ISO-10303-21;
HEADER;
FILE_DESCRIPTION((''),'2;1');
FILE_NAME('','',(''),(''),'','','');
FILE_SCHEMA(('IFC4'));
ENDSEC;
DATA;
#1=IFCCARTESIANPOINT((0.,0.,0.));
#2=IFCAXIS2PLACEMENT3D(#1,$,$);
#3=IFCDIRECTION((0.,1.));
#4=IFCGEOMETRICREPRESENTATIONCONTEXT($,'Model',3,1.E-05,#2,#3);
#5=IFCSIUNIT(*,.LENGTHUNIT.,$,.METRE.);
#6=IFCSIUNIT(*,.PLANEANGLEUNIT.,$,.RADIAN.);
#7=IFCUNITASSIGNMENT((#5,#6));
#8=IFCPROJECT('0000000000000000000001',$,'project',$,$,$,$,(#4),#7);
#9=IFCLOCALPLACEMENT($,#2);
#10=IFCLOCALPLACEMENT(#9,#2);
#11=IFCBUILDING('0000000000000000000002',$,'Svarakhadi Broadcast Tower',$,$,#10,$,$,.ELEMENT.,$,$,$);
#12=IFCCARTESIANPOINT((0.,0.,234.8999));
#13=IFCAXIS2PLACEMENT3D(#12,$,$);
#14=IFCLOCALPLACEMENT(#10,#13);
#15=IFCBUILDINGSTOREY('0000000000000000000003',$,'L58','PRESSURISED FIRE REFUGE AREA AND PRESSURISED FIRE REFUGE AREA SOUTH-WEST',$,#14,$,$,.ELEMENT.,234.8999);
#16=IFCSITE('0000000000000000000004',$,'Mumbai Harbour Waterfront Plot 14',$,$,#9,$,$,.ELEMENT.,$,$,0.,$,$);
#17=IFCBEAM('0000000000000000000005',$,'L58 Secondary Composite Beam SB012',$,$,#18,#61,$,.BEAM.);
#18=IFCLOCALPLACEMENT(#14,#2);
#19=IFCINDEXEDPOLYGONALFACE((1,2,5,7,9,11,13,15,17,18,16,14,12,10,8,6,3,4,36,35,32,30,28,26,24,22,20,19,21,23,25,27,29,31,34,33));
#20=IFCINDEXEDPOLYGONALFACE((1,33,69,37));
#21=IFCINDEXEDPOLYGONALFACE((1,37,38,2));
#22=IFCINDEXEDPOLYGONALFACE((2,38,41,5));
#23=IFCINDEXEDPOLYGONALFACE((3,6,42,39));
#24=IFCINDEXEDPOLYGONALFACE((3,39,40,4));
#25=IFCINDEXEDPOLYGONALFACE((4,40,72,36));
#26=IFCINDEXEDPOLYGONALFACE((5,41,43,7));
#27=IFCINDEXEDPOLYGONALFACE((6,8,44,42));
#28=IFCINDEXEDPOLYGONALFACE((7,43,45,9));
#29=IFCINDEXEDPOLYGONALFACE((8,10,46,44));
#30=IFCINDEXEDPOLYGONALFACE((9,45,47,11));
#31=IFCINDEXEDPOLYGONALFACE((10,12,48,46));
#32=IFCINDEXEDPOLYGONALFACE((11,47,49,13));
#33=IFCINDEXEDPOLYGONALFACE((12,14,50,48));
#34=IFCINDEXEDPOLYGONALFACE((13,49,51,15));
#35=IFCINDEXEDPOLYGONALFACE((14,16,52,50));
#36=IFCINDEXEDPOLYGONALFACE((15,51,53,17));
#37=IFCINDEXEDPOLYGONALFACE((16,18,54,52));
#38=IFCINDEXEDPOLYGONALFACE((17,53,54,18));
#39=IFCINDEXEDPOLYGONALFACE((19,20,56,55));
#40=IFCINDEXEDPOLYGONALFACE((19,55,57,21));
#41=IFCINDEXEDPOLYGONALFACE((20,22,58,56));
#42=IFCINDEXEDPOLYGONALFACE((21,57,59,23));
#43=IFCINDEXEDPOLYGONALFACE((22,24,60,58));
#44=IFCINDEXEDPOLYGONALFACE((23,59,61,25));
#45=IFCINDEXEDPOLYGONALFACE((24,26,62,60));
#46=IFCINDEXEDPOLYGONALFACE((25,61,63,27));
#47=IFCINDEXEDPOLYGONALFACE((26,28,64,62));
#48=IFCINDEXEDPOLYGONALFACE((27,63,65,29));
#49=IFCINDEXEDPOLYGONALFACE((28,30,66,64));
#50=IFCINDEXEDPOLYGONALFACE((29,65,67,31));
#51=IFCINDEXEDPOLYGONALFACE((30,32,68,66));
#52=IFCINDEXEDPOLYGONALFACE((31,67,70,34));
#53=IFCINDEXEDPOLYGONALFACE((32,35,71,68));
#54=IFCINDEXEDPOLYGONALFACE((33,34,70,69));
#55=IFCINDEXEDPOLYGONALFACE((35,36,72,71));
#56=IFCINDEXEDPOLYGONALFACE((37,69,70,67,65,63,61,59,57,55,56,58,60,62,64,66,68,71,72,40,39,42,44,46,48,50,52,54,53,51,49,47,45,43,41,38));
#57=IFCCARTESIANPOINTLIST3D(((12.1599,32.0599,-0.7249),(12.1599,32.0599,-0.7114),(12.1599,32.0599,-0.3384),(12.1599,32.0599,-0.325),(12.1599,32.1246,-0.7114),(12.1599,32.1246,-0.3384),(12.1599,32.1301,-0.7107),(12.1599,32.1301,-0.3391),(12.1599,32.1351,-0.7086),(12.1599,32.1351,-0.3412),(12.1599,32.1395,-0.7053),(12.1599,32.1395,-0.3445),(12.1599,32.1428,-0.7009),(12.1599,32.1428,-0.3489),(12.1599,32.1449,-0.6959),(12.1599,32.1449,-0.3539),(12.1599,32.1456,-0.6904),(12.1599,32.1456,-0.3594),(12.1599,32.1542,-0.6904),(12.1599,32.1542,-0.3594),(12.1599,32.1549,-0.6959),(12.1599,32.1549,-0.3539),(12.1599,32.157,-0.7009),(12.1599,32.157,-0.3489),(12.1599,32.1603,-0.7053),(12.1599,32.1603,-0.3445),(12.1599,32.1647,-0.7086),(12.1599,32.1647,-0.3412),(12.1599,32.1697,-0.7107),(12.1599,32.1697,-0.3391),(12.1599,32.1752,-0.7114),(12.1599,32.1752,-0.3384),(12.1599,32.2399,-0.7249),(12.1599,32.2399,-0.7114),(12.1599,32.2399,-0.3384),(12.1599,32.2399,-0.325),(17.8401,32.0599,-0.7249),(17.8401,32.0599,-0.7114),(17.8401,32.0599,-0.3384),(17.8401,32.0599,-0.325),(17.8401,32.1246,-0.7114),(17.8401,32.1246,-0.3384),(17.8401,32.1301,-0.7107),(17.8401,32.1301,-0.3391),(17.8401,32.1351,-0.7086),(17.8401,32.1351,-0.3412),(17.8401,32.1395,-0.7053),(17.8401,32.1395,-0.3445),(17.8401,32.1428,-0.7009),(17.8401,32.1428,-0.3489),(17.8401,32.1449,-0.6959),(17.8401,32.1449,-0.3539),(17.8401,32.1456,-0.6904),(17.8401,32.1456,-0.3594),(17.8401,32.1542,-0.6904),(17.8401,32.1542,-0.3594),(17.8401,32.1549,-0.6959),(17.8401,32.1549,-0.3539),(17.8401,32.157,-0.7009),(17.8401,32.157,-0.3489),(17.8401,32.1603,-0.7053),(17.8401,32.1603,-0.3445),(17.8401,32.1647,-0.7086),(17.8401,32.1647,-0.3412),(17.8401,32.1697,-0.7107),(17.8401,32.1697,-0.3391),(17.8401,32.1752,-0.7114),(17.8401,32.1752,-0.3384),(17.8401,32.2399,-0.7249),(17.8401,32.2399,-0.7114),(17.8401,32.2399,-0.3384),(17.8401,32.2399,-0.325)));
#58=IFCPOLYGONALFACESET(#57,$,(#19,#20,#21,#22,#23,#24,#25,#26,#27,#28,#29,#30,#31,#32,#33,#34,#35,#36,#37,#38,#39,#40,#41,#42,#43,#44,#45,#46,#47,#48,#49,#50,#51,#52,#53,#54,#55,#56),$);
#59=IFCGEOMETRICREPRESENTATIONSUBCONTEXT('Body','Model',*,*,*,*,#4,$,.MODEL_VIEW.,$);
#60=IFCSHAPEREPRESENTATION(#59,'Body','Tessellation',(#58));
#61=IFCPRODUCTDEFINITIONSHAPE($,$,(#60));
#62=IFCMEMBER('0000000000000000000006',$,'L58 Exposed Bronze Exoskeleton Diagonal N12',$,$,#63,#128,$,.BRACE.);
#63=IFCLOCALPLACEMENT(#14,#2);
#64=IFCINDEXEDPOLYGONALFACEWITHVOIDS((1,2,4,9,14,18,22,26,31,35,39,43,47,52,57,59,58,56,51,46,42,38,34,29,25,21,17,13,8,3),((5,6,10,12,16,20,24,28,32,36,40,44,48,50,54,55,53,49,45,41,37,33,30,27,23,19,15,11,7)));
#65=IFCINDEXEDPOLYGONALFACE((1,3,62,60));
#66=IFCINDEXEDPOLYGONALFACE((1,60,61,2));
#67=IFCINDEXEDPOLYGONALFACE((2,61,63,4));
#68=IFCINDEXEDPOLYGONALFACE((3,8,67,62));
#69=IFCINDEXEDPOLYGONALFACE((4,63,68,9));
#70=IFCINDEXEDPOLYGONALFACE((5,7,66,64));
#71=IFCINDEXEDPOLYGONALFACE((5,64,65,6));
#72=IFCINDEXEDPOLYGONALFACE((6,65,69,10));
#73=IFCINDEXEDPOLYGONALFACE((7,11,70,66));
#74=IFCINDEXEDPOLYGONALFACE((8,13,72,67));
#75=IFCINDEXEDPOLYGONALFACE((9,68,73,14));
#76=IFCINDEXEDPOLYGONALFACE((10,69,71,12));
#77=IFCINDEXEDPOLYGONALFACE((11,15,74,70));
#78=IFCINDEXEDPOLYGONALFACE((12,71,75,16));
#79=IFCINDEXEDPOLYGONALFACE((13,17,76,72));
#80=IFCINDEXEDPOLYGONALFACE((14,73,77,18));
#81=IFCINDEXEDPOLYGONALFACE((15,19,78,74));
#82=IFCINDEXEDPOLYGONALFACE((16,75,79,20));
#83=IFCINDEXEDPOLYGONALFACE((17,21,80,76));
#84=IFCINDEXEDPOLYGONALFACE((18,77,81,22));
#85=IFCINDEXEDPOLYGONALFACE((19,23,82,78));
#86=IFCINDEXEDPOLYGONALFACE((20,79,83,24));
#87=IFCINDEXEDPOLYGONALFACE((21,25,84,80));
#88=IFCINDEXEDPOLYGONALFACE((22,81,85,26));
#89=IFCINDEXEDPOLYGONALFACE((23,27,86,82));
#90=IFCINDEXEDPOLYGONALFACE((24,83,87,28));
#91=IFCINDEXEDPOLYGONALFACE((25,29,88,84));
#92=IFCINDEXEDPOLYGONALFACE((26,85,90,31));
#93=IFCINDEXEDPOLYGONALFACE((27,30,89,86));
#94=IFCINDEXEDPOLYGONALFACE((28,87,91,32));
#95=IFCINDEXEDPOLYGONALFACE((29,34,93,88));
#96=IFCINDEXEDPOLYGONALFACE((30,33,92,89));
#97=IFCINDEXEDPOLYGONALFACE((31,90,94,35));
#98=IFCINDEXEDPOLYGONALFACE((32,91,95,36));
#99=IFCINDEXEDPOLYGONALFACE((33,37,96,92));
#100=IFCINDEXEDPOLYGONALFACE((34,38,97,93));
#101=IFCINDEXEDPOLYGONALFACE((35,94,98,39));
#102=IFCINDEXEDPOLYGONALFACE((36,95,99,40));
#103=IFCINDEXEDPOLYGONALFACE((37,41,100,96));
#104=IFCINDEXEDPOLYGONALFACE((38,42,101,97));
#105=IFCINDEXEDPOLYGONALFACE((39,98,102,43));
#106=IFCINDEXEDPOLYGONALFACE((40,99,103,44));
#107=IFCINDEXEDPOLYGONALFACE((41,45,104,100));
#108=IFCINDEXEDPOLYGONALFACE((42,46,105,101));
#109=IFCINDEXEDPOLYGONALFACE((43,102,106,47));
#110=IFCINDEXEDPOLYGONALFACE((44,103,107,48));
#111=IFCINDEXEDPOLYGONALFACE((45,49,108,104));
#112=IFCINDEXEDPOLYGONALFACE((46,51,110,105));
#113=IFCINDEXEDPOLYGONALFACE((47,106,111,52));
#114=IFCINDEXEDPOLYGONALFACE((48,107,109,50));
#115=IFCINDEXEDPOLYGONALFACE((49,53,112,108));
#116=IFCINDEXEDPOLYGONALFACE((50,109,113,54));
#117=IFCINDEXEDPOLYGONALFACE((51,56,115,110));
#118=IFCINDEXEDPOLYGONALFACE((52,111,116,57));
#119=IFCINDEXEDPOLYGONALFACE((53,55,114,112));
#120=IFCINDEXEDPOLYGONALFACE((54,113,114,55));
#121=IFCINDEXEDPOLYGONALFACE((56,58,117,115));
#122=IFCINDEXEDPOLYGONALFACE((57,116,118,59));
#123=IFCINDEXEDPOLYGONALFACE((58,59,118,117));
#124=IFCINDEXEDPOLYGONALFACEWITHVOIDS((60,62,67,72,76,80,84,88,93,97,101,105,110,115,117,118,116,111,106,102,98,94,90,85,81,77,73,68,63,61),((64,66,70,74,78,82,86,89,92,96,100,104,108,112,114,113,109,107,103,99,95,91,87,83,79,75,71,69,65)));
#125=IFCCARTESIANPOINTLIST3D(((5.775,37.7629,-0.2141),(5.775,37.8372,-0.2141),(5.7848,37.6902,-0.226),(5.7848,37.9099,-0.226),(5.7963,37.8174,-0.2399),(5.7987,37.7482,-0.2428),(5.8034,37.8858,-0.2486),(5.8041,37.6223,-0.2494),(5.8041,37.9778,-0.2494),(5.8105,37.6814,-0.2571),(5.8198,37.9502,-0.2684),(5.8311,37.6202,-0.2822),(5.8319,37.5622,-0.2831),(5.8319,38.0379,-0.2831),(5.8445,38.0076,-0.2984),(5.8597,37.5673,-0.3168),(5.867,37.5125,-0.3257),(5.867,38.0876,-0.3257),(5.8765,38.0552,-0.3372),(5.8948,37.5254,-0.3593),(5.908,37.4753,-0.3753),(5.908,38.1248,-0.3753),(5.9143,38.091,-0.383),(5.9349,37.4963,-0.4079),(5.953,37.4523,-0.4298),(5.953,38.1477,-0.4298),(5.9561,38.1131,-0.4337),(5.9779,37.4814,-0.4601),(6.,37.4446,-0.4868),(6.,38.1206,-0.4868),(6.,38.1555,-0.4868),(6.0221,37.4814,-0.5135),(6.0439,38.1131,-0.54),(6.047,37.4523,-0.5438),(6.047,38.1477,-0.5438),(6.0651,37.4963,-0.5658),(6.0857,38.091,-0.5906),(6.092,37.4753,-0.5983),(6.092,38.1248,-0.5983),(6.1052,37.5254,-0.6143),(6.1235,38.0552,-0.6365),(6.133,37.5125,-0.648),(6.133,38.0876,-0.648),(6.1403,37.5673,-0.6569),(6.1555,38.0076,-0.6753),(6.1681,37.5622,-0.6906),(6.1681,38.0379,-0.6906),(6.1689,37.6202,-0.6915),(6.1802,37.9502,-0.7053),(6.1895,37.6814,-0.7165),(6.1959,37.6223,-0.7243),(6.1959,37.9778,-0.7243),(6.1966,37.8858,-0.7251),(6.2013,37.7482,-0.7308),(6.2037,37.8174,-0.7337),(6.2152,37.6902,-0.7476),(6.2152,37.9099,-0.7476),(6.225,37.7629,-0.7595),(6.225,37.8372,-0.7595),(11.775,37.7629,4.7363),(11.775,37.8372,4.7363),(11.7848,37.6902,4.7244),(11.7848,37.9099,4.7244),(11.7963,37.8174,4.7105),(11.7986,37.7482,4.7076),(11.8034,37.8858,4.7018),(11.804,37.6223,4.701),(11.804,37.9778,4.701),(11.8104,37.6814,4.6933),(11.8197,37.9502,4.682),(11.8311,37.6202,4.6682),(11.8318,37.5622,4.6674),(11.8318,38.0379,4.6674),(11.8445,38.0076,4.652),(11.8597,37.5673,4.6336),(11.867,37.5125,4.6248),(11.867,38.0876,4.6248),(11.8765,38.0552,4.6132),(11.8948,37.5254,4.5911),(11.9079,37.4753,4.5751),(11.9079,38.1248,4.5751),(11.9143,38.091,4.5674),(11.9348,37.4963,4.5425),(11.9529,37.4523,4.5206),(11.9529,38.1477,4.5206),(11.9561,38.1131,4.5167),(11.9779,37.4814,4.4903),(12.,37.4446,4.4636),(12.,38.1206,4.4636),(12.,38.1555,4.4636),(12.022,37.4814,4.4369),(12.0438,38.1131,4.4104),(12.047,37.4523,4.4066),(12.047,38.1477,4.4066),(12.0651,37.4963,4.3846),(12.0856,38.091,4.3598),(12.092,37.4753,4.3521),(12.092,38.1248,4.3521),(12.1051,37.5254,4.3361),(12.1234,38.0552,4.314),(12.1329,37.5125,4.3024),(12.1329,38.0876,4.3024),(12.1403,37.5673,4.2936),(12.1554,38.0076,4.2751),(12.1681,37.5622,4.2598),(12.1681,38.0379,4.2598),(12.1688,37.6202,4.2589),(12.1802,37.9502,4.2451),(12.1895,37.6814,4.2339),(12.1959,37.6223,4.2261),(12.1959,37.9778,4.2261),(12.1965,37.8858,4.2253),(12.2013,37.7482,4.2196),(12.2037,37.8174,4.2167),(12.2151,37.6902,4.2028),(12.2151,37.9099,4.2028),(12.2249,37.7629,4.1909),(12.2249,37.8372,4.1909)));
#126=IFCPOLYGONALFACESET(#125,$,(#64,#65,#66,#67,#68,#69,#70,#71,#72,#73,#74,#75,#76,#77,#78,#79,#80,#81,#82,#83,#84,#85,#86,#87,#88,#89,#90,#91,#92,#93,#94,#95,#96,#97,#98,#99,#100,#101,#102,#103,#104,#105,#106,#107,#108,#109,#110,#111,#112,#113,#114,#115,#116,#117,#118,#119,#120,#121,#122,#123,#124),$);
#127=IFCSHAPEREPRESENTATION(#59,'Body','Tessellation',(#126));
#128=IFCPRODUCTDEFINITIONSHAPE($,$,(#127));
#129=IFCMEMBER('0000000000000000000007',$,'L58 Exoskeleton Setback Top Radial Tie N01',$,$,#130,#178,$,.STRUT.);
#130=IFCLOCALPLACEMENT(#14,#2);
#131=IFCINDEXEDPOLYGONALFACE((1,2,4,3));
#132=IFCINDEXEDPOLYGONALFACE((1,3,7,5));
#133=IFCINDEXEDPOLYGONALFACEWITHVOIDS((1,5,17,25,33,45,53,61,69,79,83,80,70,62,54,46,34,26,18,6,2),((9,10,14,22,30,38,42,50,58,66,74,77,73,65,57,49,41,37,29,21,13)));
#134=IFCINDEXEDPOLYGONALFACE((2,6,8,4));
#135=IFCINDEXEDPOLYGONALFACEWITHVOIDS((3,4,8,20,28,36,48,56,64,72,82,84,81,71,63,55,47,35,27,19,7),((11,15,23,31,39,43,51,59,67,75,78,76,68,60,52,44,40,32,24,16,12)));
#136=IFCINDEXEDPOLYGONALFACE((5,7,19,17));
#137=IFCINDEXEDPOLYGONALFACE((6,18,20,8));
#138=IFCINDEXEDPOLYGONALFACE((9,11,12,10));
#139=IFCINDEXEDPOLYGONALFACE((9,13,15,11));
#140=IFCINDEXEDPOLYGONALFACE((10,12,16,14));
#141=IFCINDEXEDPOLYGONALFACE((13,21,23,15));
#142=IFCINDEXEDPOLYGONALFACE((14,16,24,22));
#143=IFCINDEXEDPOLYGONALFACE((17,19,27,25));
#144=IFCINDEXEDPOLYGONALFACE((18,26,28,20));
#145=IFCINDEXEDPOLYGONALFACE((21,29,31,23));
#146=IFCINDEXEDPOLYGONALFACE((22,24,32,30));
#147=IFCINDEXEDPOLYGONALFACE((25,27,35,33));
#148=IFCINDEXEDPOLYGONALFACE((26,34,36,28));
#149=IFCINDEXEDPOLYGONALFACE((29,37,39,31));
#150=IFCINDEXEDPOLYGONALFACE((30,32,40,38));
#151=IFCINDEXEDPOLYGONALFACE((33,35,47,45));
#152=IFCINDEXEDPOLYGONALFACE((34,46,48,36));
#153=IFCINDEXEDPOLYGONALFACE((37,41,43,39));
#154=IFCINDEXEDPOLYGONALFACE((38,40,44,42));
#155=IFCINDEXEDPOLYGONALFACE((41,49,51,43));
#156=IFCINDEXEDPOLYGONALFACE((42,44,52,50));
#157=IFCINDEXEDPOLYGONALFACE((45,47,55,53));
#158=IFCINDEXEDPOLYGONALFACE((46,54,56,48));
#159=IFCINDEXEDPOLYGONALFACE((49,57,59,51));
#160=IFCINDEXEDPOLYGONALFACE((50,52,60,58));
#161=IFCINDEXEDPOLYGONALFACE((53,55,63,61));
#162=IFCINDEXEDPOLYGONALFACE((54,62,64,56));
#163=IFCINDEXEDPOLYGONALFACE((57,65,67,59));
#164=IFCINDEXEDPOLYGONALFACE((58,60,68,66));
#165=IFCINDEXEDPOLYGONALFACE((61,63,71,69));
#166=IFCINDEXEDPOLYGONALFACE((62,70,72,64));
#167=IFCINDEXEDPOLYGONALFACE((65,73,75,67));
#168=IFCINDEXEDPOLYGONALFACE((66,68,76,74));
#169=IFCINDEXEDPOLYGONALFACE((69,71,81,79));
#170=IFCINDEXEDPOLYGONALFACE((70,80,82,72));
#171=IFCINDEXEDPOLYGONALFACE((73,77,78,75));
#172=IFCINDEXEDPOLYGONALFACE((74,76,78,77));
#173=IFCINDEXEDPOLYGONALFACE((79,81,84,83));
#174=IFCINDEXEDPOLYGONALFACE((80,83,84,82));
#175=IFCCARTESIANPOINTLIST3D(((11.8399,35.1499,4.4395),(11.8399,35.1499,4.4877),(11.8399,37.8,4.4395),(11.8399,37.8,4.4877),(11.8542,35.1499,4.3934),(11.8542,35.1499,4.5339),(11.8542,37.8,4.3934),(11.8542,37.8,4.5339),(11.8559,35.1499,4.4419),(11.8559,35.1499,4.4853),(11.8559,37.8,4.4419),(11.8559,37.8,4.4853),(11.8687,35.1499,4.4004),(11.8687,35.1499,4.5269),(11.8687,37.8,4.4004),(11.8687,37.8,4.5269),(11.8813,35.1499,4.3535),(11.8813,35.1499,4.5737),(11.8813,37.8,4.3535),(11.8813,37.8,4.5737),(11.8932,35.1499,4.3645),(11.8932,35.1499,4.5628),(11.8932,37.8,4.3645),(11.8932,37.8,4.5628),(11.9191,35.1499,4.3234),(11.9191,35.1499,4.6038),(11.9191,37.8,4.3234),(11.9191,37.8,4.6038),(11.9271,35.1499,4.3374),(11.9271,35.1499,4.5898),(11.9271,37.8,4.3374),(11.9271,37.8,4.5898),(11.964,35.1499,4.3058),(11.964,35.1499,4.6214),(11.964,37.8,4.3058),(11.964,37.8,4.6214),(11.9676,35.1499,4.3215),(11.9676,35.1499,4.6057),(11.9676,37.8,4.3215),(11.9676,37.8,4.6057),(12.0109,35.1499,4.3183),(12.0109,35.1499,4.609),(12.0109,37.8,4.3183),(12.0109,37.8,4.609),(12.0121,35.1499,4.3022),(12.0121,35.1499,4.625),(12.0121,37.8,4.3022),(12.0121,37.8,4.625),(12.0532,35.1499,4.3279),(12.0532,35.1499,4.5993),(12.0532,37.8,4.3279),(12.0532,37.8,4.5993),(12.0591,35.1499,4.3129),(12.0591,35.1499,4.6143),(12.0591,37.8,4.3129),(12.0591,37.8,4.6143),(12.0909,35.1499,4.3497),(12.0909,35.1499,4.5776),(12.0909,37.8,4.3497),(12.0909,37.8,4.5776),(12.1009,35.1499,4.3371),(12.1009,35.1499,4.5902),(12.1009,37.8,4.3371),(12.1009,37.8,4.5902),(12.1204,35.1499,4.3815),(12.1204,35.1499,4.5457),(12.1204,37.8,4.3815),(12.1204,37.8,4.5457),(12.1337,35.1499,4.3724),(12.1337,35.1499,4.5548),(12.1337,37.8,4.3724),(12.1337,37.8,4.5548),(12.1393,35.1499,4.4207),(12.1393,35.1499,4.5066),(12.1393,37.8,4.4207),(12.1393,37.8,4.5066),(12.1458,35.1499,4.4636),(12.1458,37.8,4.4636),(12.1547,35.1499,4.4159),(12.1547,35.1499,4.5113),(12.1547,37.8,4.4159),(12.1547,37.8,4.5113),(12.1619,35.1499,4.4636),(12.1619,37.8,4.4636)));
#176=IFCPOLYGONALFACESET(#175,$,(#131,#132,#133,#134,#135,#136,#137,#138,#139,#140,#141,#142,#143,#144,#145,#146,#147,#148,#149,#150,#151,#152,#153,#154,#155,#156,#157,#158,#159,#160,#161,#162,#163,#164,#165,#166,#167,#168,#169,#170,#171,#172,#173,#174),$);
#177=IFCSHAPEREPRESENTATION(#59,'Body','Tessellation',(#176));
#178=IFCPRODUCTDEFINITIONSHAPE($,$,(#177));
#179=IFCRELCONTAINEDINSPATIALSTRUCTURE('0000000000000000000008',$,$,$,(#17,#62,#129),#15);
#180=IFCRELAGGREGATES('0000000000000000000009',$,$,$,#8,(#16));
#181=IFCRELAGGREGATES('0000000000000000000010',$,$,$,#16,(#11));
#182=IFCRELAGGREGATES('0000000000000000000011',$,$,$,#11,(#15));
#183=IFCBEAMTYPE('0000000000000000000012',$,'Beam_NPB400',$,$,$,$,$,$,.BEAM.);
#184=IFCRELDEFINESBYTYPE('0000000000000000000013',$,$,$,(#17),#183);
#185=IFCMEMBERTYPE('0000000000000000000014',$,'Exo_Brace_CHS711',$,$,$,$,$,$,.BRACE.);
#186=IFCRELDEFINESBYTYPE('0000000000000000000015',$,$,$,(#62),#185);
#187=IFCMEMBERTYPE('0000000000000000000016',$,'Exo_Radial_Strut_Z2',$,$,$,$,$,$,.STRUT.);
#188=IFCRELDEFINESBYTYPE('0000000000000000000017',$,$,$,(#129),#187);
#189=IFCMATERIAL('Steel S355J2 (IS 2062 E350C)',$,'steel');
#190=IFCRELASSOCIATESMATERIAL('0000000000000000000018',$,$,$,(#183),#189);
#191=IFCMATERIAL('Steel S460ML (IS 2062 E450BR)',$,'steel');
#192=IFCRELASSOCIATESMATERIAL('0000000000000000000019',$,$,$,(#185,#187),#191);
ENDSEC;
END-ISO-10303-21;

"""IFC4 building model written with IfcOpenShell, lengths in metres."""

from ifc_helpers import new_model, si_unit, direction, frame, origin, origin_2d, place, context, subcontext, project, spatial, hollow_circle, i_section, extrude, material, material_profile, profile_set, type_object, element, save


model = new_model("IFC4")

# Units and contexts
model_context = context("Model", 3, precision=1e-05, world=origin(), true_north=direction((0.0, 1.0)))
body_context = subcontext(model_context, "Body", "Model", "MODEL_VIEW")
ifc_project = project(units=[si_unit("LENGTHUNIT", "METRE"), si_unit("PLANEANGLEUNIT", "RADIAN")], contexts=[model_context])

# Site, building, storey
site_placement = place(None, origin())
site = spatial("IfcSite", under=ifc_project, at=site_placement, Name="Mumbai Harbour Waterfront Plot 14", CompositionType="ELEMENT", RefElevation=0.0)
building_placement = place(site_placement, origin())
building = spatial("IfcBuilding", under=site, at=building_placement, Name="Svarakhadi Broadcast Tower", CompositionType="ELEMENT")
storey_placement = place(building_placement, frame((0.0, 0.0, 234.8999)))
storey = spatial("IfcBuildingStorey", under=building, at=storey_placement, Name="L58", Description="PRESSURISED FIRE REFUGE AREA AND PRESSURISED FIRE REFUGE AREA SOUTH-WEST", CompositionType="ELEMENT", Elevation=234.8999)

# Shared definitions
ifc_material_1 = material(Name="Steel S460ML (IS 2062 E450BR)", Category="steel")

# Beam
ifc_material_2 = material(Name="Steel S355J2 (IS 2062 E350C)", Category="steel")
ifc_material_profile_1 = material_profile(ifc_material_2, i_section(OverallWidth=0.1799, OverallDepth=0.3999, WebThickness=0.0085, FlangeThickness=0.0134, FilletRadius=0.021, at=origin_2d()), Name="NPB 400x180x66")
ifc_profile_set_1 = profile_set([ifc_material_profile_1], Name="Steel S355J2 (IS 2062 E350C)")
beam_type_1 = type_object("IfcBeamType", Name="Beam_NPB400", PredefinedType="BEAM", material=ifc_profile_set_1)
for number, where, z_axis, x_axis, name in (
    (1, (12.1599, 32.1499, -0.5249), (1.0, 0.0, 0.0), (0.0, 1.0, 0.0), "L58 Secondary Composite Beam SB012"),
):
    element("IfcBeam", number, at=place(storey_placement, frame(where, z_axis=z_axis, x_axis=x_axis)), inside=storey, type_object=beam_type_1, Name=name, PredefinedType="BEAM", context=body_context, shape_type="SweptSolid", body=[
        extrude(i_section(OverallWidth=0.1799, OverallDepth=0.3999, WebThickness=0.0085, FlangeThickness=0.0134, FilletRadius=0.021, at=origin_2d()), origin(), (0.0, 0.0, 1.0), 5.6802),
    ])

# Members
ifc_material_profile_2 = material_profile(ifc_material_1, hollow_circle(Radius=0.3555, WallThickness=0.0349, at=origin_2d()), Name="CHS 711x35")
ifc_profile_set_2 = profile_set([ifc_material_profile_2], Name="Steel S460ML (IS 2062 E450BR)")
member_type_1 = type_object("IfcMemberType", Name="Exo_Brace_CHS711", PredefinedType="BRACE", material=ifc_profile_set_2)
member_1_placement = place(storey_placement, frame((6.0, 37.8, -0.4868), z_axis=(0.771346, 0.0, 0.636417), x_axis=(0.0, 1.0, 0.0)))
element("IfcMember", 2, at=member_1_placement, inside=storey, type_object=member_type_1, Name="L58 Exposed Bronze Exoskeleton Diagonal N12", PredefinedType="BRACE", context=body_context, shape_type="SweptSolid", body=[
    extrude(hollow_circle(Radius=0.3555, WallThickness=0.0349, at=origin_2d()), origin(), (0.0, 0.0, 1.0), 7.7786),
])
ifc_material_profile_3 = material_profile(ifc_material_1, hollow_circle(Radius=0.1619, WallThickness=0.0161, at=origin_2d()), Name="CHS 323.9x16")
ifc_profile_set_3 = profile_set([ifc_material_profile_3], Name="Steel S460ML (IS 2062 E450BR)")
member_type_2 = type_object("IfcMemberType", Name="Exo_Radial_Strut_Z2", PredefinedType="STRUT", material=ifc_profile_set_3)
member_2_placement = place(storey_placement, frame((12.0, 37.8, 4.4636), z_axis=(0.0, -1.0, 0.0), x_axis=(1.0, 0.0, 0.0)))
element("IfcMember", 3, at=member_2_placement, inside=storey, type_object=member_type_2, Name="L58 Exoskeleton Setback Top Radial Tie N01", PredefinedType="STRUT", context=body_context, shape_type="SweptSolid", body=[
    extrude(hollow_circle(Radius=0.1619, WallThickness=0.0161, at=origin_2d()), origin(), (0.0, 0.0, 1.0), 2.6501),
])

save(model, "model.ifc")
